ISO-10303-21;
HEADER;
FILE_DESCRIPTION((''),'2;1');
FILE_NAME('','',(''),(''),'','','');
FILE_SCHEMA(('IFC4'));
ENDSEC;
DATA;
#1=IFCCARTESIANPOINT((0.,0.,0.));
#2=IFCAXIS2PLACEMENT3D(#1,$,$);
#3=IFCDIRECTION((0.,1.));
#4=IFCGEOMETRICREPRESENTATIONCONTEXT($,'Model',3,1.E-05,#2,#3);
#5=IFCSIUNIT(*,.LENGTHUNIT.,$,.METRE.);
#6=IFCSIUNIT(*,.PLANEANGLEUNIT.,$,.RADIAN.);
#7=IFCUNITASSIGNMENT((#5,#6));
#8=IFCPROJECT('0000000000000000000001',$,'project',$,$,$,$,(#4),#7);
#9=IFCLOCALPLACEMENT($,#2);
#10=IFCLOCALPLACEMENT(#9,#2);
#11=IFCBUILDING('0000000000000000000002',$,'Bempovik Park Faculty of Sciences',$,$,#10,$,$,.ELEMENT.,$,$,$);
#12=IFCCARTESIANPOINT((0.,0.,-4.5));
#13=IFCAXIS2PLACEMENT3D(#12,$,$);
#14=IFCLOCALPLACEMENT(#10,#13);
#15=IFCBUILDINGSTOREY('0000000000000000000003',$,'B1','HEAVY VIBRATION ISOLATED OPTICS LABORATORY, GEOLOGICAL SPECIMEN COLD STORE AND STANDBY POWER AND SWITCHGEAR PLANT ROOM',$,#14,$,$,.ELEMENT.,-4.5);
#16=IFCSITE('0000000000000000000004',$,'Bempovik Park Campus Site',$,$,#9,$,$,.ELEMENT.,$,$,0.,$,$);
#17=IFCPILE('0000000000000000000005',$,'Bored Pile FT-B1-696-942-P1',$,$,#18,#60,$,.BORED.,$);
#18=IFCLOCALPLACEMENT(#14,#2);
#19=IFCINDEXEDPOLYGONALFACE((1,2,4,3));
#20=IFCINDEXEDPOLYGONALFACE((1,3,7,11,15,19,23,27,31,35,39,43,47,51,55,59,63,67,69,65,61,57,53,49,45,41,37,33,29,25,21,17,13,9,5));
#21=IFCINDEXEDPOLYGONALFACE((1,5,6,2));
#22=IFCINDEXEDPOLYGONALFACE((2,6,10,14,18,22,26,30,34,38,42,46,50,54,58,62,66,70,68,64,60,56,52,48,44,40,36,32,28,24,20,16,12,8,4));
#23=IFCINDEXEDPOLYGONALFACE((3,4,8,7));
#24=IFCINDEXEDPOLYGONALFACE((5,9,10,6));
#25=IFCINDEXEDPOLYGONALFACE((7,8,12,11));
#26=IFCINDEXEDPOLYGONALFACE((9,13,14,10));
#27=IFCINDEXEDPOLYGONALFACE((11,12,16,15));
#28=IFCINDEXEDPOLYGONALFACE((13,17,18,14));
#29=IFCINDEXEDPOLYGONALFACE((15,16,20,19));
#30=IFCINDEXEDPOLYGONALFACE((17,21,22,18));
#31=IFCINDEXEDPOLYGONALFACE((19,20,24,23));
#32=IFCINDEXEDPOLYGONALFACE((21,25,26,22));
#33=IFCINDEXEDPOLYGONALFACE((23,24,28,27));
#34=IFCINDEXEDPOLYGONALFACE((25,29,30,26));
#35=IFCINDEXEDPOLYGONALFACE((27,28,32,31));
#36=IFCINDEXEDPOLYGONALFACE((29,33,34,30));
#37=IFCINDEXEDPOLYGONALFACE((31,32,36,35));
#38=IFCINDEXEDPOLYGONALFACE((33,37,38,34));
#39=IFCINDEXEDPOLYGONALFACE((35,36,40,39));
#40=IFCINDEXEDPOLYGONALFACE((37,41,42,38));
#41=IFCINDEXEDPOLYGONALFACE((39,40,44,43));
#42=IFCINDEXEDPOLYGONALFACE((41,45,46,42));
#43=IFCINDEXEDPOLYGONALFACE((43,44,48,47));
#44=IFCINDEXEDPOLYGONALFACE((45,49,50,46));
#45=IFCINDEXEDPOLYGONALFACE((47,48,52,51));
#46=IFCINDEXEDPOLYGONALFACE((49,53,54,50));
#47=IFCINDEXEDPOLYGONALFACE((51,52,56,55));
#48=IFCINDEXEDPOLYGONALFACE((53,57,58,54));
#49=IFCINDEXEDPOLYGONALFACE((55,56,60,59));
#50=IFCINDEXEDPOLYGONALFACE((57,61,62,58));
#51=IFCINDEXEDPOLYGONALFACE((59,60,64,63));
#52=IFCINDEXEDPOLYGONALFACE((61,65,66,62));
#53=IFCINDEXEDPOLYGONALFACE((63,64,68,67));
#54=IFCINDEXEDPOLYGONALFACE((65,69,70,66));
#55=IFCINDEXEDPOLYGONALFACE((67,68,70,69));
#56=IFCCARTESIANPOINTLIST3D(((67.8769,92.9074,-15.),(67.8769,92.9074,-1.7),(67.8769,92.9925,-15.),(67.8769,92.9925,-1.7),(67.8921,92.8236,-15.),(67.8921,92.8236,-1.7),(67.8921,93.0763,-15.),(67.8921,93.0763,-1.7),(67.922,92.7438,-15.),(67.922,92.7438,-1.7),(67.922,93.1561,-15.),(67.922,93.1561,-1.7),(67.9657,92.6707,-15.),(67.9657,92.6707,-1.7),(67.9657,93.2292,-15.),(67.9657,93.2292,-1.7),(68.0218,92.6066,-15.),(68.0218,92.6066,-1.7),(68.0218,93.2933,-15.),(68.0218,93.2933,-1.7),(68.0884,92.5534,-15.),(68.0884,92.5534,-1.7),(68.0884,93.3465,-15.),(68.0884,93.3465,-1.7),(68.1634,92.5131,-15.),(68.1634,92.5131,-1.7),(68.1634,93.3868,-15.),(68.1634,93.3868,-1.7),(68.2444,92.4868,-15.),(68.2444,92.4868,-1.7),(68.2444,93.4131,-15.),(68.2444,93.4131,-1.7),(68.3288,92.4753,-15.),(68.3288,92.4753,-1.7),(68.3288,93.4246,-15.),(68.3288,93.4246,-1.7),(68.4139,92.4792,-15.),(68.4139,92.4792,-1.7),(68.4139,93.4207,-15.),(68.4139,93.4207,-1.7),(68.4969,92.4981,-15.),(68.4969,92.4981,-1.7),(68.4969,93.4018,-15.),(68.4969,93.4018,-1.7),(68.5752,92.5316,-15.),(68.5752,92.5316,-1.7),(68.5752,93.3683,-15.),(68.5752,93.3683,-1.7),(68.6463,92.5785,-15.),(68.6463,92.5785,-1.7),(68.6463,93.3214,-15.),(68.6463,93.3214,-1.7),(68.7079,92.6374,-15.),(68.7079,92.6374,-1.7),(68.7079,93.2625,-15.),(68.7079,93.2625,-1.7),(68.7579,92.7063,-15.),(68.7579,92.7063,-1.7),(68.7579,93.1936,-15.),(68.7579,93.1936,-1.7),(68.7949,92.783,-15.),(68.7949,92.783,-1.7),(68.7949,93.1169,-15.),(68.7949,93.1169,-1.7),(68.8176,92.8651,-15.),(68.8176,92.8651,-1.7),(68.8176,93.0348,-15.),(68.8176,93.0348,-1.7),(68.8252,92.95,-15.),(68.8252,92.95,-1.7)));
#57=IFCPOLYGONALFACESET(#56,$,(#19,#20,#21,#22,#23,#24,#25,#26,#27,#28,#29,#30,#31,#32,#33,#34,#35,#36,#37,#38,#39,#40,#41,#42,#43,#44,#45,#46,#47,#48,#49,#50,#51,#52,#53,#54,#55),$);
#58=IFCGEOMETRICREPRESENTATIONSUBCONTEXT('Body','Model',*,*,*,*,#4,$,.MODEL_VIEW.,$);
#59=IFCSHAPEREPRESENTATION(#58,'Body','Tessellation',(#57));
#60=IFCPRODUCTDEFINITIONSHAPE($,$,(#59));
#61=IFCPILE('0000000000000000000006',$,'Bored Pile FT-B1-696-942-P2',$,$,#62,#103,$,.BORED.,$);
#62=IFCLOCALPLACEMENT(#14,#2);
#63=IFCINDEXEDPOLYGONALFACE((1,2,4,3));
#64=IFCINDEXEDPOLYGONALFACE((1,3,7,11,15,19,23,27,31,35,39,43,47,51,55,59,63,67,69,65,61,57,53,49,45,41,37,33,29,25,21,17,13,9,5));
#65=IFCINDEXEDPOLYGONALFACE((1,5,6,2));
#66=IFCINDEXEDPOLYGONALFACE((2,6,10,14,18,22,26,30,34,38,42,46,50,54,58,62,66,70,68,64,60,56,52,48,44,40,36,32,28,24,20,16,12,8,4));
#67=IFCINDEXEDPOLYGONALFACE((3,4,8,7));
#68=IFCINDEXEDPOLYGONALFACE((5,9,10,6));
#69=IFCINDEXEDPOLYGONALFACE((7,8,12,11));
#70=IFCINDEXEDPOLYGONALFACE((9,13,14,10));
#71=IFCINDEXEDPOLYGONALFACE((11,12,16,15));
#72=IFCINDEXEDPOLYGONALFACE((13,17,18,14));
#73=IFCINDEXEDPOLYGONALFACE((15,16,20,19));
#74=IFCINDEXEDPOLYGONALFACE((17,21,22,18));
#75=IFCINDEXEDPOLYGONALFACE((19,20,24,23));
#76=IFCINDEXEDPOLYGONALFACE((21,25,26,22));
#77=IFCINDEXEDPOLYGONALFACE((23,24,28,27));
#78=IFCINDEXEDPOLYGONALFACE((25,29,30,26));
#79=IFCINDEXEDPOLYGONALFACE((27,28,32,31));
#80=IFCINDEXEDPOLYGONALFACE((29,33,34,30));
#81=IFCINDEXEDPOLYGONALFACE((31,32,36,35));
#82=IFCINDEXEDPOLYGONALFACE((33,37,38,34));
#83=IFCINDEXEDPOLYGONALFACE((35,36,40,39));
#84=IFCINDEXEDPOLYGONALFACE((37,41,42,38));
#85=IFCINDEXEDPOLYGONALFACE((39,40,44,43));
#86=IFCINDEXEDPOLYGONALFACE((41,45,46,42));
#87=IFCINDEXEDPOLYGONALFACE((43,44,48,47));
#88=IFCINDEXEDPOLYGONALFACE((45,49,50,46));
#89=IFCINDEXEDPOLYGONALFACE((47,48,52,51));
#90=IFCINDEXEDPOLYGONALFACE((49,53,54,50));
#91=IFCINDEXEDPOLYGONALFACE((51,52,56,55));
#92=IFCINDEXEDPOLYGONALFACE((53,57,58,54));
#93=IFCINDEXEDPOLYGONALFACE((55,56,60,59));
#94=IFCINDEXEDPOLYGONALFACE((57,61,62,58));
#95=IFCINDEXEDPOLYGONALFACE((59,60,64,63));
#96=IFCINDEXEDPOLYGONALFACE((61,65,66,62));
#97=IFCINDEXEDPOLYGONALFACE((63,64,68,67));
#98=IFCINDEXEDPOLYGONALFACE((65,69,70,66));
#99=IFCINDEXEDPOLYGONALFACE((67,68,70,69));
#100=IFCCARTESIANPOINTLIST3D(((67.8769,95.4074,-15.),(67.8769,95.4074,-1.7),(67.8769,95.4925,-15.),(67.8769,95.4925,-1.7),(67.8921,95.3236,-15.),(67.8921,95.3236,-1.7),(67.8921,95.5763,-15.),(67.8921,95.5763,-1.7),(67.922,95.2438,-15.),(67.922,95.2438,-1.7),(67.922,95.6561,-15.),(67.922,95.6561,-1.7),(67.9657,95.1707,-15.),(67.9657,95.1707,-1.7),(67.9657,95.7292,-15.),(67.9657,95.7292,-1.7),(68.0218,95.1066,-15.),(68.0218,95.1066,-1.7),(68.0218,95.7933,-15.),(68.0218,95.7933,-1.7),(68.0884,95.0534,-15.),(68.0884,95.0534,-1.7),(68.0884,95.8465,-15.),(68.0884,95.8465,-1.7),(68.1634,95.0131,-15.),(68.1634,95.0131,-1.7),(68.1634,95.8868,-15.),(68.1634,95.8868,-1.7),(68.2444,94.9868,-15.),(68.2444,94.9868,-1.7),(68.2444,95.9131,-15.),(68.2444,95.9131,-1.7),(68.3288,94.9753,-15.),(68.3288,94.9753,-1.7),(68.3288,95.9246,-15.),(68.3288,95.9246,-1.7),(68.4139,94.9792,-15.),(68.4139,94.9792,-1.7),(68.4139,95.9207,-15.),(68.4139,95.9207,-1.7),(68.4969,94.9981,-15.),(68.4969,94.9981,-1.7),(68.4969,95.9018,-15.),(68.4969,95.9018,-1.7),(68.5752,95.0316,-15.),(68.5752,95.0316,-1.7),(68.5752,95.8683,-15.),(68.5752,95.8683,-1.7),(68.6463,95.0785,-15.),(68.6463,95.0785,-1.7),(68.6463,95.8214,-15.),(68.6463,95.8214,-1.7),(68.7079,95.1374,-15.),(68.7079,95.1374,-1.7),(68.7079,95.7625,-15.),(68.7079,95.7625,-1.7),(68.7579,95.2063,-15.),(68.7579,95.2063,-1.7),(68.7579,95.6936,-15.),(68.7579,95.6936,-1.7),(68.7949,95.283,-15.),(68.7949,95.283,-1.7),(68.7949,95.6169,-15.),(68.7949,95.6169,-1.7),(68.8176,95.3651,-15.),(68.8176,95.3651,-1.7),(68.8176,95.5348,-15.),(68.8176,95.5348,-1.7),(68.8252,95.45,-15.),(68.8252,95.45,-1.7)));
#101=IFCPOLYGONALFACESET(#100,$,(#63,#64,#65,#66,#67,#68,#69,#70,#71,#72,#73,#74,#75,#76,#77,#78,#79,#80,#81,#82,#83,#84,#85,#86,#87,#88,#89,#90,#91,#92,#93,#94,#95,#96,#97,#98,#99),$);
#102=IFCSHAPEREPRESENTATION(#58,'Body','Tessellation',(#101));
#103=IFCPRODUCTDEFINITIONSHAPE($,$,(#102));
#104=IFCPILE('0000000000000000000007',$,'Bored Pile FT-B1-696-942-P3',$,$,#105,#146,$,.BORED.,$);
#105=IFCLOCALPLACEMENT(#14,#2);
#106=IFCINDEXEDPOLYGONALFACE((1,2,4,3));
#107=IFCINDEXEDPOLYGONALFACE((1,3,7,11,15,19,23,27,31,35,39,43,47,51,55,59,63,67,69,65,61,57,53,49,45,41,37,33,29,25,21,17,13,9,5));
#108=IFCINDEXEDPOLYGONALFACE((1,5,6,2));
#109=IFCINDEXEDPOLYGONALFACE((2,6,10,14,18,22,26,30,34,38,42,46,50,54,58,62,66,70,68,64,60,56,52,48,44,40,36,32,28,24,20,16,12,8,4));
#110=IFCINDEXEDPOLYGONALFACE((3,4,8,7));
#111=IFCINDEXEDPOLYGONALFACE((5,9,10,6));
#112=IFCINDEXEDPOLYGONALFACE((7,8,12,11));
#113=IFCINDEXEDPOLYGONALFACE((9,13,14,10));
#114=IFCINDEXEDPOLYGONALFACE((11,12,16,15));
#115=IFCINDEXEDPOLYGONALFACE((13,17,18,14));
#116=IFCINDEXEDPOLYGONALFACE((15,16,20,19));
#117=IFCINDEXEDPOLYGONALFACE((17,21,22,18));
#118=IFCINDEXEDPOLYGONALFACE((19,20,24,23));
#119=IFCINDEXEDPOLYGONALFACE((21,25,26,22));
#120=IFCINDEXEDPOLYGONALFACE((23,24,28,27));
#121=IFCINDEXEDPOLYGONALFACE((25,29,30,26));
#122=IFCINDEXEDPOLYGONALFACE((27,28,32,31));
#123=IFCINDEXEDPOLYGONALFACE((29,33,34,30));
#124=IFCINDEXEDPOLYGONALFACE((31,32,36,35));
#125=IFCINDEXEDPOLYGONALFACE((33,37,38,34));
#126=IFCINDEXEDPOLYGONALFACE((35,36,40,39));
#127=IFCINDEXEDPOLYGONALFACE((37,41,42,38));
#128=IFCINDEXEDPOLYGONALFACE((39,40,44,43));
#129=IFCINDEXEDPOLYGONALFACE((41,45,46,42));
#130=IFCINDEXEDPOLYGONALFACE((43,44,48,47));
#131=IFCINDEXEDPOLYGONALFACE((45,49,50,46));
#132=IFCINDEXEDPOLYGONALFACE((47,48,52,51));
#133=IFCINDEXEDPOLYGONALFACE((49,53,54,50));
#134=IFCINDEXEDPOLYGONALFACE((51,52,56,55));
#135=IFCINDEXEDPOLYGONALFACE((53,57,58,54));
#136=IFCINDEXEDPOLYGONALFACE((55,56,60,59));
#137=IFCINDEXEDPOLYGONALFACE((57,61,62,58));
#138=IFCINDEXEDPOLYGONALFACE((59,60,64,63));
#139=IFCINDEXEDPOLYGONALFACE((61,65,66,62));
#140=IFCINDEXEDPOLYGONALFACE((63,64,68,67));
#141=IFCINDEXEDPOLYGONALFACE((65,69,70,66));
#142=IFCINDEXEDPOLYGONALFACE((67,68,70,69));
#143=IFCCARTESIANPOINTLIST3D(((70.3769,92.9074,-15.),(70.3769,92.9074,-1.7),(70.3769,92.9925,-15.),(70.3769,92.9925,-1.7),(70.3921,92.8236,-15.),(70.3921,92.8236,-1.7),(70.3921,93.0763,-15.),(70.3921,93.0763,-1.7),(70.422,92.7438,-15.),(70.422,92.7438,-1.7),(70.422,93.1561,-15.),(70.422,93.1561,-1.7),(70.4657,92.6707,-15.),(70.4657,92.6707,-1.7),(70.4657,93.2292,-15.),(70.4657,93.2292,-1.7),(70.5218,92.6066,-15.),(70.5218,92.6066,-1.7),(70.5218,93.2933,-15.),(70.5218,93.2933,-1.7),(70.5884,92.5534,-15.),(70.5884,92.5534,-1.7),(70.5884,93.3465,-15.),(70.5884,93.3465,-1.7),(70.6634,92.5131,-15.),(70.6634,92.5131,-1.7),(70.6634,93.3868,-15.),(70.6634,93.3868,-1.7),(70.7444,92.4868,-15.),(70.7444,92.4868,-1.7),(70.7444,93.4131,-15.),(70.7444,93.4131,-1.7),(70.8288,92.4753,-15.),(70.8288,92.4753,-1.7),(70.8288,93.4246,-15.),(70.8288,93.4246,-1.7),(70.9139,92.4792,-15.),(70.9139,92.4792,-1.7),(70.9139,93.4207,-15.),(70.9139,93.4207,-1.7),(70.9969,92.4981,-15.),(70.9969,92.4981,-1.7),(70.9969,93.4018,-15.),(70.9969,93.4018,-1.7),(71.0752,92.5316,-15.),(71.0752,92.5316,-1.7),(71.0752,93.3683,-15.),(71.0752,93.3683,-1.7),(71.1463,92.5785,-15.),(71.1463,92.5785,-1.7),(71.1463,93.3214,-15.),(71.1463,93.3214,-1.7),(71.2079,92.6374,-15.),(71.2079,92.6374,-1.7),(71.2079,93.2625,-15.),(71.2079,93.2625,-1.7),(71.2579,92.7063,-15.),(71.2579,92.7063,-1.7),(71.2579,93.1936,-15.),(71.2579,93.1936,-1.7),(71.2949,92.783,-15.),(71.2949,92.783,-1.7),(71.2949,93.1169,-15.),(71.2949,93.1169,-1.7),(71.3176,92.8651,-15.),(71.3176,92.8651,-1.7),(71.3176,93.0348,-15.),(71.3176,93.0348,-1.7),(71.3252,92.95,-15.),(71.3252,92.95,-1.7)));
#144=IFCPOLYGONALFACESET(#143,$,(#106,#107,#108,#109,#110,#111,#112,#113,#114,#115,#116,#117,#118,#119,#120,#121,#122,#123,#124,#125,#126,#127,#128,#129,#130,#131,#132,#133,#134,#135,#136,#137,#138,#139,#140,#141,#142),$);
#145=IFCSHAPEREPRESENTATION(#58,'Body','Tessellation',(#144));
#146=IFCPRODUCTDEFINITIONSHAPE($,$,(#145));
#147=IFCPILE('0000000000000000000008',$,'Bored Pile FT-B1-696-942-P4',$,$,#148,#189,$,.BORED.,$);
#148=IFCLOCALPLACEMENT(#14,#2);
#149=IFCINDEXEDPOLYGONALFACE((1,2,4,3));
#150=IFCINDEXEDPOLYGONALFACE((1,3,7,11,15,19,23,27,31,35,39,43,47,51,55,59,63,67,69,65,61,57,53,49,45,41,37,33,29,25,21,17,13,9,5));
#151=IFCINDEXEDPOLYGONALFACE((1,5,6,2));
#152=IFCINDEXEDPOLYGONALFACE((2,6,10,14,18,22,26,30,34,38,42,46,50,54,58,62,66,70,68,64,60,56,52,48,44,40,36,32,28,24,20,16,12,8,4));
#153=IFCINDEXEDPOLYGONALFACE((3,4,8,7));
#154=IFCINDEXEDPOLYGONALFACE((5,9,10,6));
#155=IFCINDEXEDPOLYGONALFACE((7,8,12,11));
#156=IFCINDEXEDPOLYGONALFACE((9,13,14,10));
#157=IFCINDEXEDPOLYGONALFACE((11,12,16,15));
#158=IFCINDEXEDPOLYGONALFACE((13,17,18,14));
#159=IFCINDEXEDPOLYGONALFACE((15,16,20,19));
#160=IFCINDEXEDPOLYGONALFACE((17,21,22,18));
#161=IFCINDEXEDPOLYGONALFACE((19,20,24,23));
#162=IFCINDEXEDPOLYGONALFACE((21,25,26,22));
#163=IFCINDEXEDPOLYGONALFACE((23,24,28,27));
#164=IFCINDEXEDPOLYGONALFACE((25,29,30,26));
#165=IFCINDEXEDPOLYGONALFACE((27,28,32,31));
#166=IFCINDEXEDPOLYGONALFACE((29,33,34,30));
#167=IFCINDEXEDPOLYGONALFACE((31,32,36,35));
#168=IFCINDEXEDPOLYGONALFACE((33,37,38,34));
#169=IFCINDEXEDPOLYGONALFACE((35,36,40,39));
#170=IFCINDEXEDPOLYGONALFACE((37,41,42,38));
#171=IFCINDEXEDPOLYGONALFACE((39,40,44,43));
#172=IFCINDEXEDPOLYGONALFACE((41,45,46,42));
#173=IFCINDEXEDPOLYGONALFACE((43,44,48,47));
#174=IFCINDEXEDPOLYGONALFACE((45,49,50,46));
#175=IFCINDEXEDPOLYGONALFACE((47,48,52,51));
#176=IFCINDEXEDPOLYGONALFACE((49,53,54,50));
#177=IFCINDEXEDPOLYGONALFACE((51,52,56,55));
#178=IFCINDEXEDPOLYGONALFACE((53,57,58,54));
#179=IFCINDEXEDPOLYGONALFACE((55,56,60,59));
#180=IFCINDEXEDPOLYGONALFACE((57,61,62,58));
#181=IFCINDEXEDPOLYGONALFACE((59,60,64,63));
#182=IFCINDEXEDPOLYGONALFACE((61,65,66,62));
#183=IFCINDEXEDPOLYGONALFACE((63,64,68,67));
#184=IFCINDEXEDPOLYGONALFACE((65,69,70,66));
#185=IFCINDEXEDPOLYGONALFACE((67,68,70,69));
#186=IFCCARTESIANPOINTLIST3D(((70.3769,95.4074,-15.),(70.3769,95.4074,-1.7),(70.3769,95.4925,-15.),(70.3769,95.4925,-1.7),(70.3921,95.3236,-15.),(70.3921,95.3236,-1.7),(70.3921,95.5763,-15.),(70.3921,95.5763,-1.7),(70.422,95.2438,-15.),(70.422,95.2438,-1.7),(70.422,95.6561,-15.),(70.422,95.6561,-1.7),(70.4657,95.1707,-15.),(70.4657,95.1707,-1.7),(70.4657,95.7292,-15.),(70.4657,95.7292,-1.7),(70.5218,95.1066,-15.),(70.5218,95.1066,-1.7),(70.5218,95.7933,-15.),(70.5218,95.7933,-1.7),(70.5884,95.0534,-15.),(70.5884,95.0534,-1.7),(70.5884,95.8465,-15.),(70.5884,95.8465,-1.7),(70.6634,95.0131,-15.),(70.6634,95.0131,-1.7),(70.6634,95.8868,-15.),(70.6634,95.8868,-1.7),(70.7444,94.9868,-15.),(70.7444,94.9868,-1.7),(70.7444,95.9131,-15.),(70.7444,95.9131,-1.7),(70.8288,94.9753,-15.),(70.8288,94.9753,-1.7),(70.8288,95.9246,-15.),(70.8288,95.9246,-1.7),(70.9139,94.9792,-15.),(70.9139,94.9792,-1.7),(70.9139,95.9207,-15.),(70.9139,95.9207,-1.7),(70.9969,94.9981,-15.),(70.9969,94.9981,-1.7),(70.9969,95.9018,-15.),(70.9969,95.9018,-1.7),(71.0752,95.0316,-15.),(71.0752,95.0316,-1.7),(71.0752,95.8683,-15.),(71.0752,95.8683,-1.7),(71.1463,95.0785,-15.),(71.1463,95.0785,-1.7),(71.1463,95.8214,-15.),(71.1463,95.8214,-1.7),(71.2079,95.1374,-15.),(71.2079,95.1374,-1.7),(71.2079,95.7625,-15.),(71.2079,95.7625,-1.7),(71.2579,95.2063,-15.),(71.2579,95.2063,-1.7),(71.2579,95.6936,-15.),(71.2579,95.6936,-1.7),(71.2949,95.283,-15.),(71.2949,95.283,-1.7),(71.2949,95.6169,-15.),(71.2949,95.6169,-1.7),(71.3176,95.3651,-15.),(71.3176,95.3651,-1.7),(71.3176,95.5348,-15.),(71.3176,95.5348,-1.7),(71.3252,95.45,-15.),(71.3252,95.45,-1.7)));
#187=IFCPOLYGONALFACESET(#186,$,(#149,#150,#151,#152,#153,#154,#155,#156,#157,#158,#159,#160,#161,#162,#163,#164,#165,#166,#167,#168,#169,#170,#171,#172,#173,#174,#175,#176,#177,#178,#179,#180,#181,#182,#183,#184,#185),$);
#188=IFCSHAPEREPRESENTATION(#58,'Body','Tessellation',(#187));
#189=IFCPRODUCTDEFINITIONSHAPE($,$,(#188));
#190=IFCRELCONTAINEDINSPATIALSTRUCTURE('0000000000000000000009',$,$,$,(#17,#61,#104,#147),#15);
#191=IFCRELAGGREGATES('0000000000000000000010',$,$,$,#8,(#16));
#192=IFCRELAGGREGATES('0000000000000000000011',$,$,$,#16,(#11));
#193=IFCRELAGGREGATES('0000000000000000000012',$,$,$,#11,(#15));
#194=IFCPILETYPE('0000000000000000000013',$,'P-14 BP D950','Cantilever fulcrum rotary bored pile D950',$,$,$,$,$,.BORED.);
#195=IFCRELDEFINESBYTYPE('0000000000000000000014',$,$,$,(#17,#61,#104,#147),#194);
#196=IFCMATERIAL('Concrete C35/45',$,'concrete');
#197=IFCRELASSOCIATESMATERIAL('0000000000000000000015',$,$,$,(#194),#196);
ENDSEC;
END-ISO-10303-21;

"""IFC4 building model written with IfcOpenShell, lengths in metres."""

from ifc_helpers import new_model, si_unit, direction, frame, origin, origin_2d, place, context, subcontext, project, spatial, circle, extrude, material, material_profile, profile_set, type_object, element, save


model = new_model("IFC4")

# Units and contexts
model_context = context("Model", 3, precision=1e-05, world=origin(), true_north=direction((0.0, 1.0)))
body_context = subcontext(model_context, "Body", "Model", "MODEL_VIEW")
ifc_project = project(units=[si_unit("LENGTHUNIT", "METRE"), si_unit("PLANEANGLEUNIT", "RADIAN")], contexts=[model_context])

# Site, building, storey
site_placement = place(None, origin())
site = spatial("IfcSite", under=ifc_project, at=site_placement, Name="Bempovik Park Campus Site", CompositionType="ELEMENT", RefElevation=0.0)
building_placement = place(site_placement, origin())
building = spatial("IfcBuilding", under=site, at=building_placement, Name="Bempovik Park Faculty of Sciences", CompositionType="ELEMENT")
storey_placement = place(building_placement, frame((0.0, 0.0, -4.5)))
storey = spatial("IfcBuildingStorey", under=building, at=storey_placement, Name="B1", Description="HEAVY VIBRATION ISOLATED OPTICS LABORATORY, GEOLOGICAL SPECIMEN COLD STORE AND STANDBY POWER AND SWITCHGEAR PLANT ROOM", CompositionType="ELEMENT", Elevation=-4.5)

# Shared definitions
ifc_material_1 = material(Name="Concrete C35/45", Category="concrete")

# Piles
ifc_material_profile_1 = material_profile(ifc_material_1, circle(Radius=0.4751, at=origin_2d()), Name="BP D950")
ifc_profile_set_1 = profile_set([ifc_material_profile_1], Name="Concrete C35/45")
pile_type = type_object("IfcPileType", Name="P-14 BP D950", Description="Cantilever fulcrum rotary bored pile D950", PredefinedType="BORED", material=ifc_profile_set_1)
for number, where, z_axis, x_axis, name in (
    (1, (68.3501, 92.95, -1.7), (0.0, 0.0, -1.0), (1.0, 0.0, 0.0), "Bored Pile FT-B1-696-942-P1"),
    (2, (68.3501, 95.45, -1.7), (0.0, 0.0, -1.0), (1.0, 0.0, 0.0), "Bored Pile FT-B1-696-942-P2"),
    (3, (70.8501, 92.95, -1.7), (0.0, 0.0, -1.0), (1.0, 0.0, 0.0), "Bored Pile FT-B1-696-942-P3"),
    (4, (70.8501, 95.45, -1.7), (0.0, 0.0, -1.0), (1.0, 0.0, 0.0), "Bored Pile FT-B1-696-942-P4"),
):
    element("IfcPile", number, at=place(storey_placement, frame(where, z_axis=z_axis, x_axis=x_axis)), inside=storey, type_object=pile_type, Name=name, PredefinedType="BORED", context=body_context, shape_type="SweptSolid", body=[
        extrude(circle(Radius=0.4751, at=origin_2d()), origin(), (0.0, 0.0, 1.0), 13.3),
    ])

save(model, "model.ifc")
